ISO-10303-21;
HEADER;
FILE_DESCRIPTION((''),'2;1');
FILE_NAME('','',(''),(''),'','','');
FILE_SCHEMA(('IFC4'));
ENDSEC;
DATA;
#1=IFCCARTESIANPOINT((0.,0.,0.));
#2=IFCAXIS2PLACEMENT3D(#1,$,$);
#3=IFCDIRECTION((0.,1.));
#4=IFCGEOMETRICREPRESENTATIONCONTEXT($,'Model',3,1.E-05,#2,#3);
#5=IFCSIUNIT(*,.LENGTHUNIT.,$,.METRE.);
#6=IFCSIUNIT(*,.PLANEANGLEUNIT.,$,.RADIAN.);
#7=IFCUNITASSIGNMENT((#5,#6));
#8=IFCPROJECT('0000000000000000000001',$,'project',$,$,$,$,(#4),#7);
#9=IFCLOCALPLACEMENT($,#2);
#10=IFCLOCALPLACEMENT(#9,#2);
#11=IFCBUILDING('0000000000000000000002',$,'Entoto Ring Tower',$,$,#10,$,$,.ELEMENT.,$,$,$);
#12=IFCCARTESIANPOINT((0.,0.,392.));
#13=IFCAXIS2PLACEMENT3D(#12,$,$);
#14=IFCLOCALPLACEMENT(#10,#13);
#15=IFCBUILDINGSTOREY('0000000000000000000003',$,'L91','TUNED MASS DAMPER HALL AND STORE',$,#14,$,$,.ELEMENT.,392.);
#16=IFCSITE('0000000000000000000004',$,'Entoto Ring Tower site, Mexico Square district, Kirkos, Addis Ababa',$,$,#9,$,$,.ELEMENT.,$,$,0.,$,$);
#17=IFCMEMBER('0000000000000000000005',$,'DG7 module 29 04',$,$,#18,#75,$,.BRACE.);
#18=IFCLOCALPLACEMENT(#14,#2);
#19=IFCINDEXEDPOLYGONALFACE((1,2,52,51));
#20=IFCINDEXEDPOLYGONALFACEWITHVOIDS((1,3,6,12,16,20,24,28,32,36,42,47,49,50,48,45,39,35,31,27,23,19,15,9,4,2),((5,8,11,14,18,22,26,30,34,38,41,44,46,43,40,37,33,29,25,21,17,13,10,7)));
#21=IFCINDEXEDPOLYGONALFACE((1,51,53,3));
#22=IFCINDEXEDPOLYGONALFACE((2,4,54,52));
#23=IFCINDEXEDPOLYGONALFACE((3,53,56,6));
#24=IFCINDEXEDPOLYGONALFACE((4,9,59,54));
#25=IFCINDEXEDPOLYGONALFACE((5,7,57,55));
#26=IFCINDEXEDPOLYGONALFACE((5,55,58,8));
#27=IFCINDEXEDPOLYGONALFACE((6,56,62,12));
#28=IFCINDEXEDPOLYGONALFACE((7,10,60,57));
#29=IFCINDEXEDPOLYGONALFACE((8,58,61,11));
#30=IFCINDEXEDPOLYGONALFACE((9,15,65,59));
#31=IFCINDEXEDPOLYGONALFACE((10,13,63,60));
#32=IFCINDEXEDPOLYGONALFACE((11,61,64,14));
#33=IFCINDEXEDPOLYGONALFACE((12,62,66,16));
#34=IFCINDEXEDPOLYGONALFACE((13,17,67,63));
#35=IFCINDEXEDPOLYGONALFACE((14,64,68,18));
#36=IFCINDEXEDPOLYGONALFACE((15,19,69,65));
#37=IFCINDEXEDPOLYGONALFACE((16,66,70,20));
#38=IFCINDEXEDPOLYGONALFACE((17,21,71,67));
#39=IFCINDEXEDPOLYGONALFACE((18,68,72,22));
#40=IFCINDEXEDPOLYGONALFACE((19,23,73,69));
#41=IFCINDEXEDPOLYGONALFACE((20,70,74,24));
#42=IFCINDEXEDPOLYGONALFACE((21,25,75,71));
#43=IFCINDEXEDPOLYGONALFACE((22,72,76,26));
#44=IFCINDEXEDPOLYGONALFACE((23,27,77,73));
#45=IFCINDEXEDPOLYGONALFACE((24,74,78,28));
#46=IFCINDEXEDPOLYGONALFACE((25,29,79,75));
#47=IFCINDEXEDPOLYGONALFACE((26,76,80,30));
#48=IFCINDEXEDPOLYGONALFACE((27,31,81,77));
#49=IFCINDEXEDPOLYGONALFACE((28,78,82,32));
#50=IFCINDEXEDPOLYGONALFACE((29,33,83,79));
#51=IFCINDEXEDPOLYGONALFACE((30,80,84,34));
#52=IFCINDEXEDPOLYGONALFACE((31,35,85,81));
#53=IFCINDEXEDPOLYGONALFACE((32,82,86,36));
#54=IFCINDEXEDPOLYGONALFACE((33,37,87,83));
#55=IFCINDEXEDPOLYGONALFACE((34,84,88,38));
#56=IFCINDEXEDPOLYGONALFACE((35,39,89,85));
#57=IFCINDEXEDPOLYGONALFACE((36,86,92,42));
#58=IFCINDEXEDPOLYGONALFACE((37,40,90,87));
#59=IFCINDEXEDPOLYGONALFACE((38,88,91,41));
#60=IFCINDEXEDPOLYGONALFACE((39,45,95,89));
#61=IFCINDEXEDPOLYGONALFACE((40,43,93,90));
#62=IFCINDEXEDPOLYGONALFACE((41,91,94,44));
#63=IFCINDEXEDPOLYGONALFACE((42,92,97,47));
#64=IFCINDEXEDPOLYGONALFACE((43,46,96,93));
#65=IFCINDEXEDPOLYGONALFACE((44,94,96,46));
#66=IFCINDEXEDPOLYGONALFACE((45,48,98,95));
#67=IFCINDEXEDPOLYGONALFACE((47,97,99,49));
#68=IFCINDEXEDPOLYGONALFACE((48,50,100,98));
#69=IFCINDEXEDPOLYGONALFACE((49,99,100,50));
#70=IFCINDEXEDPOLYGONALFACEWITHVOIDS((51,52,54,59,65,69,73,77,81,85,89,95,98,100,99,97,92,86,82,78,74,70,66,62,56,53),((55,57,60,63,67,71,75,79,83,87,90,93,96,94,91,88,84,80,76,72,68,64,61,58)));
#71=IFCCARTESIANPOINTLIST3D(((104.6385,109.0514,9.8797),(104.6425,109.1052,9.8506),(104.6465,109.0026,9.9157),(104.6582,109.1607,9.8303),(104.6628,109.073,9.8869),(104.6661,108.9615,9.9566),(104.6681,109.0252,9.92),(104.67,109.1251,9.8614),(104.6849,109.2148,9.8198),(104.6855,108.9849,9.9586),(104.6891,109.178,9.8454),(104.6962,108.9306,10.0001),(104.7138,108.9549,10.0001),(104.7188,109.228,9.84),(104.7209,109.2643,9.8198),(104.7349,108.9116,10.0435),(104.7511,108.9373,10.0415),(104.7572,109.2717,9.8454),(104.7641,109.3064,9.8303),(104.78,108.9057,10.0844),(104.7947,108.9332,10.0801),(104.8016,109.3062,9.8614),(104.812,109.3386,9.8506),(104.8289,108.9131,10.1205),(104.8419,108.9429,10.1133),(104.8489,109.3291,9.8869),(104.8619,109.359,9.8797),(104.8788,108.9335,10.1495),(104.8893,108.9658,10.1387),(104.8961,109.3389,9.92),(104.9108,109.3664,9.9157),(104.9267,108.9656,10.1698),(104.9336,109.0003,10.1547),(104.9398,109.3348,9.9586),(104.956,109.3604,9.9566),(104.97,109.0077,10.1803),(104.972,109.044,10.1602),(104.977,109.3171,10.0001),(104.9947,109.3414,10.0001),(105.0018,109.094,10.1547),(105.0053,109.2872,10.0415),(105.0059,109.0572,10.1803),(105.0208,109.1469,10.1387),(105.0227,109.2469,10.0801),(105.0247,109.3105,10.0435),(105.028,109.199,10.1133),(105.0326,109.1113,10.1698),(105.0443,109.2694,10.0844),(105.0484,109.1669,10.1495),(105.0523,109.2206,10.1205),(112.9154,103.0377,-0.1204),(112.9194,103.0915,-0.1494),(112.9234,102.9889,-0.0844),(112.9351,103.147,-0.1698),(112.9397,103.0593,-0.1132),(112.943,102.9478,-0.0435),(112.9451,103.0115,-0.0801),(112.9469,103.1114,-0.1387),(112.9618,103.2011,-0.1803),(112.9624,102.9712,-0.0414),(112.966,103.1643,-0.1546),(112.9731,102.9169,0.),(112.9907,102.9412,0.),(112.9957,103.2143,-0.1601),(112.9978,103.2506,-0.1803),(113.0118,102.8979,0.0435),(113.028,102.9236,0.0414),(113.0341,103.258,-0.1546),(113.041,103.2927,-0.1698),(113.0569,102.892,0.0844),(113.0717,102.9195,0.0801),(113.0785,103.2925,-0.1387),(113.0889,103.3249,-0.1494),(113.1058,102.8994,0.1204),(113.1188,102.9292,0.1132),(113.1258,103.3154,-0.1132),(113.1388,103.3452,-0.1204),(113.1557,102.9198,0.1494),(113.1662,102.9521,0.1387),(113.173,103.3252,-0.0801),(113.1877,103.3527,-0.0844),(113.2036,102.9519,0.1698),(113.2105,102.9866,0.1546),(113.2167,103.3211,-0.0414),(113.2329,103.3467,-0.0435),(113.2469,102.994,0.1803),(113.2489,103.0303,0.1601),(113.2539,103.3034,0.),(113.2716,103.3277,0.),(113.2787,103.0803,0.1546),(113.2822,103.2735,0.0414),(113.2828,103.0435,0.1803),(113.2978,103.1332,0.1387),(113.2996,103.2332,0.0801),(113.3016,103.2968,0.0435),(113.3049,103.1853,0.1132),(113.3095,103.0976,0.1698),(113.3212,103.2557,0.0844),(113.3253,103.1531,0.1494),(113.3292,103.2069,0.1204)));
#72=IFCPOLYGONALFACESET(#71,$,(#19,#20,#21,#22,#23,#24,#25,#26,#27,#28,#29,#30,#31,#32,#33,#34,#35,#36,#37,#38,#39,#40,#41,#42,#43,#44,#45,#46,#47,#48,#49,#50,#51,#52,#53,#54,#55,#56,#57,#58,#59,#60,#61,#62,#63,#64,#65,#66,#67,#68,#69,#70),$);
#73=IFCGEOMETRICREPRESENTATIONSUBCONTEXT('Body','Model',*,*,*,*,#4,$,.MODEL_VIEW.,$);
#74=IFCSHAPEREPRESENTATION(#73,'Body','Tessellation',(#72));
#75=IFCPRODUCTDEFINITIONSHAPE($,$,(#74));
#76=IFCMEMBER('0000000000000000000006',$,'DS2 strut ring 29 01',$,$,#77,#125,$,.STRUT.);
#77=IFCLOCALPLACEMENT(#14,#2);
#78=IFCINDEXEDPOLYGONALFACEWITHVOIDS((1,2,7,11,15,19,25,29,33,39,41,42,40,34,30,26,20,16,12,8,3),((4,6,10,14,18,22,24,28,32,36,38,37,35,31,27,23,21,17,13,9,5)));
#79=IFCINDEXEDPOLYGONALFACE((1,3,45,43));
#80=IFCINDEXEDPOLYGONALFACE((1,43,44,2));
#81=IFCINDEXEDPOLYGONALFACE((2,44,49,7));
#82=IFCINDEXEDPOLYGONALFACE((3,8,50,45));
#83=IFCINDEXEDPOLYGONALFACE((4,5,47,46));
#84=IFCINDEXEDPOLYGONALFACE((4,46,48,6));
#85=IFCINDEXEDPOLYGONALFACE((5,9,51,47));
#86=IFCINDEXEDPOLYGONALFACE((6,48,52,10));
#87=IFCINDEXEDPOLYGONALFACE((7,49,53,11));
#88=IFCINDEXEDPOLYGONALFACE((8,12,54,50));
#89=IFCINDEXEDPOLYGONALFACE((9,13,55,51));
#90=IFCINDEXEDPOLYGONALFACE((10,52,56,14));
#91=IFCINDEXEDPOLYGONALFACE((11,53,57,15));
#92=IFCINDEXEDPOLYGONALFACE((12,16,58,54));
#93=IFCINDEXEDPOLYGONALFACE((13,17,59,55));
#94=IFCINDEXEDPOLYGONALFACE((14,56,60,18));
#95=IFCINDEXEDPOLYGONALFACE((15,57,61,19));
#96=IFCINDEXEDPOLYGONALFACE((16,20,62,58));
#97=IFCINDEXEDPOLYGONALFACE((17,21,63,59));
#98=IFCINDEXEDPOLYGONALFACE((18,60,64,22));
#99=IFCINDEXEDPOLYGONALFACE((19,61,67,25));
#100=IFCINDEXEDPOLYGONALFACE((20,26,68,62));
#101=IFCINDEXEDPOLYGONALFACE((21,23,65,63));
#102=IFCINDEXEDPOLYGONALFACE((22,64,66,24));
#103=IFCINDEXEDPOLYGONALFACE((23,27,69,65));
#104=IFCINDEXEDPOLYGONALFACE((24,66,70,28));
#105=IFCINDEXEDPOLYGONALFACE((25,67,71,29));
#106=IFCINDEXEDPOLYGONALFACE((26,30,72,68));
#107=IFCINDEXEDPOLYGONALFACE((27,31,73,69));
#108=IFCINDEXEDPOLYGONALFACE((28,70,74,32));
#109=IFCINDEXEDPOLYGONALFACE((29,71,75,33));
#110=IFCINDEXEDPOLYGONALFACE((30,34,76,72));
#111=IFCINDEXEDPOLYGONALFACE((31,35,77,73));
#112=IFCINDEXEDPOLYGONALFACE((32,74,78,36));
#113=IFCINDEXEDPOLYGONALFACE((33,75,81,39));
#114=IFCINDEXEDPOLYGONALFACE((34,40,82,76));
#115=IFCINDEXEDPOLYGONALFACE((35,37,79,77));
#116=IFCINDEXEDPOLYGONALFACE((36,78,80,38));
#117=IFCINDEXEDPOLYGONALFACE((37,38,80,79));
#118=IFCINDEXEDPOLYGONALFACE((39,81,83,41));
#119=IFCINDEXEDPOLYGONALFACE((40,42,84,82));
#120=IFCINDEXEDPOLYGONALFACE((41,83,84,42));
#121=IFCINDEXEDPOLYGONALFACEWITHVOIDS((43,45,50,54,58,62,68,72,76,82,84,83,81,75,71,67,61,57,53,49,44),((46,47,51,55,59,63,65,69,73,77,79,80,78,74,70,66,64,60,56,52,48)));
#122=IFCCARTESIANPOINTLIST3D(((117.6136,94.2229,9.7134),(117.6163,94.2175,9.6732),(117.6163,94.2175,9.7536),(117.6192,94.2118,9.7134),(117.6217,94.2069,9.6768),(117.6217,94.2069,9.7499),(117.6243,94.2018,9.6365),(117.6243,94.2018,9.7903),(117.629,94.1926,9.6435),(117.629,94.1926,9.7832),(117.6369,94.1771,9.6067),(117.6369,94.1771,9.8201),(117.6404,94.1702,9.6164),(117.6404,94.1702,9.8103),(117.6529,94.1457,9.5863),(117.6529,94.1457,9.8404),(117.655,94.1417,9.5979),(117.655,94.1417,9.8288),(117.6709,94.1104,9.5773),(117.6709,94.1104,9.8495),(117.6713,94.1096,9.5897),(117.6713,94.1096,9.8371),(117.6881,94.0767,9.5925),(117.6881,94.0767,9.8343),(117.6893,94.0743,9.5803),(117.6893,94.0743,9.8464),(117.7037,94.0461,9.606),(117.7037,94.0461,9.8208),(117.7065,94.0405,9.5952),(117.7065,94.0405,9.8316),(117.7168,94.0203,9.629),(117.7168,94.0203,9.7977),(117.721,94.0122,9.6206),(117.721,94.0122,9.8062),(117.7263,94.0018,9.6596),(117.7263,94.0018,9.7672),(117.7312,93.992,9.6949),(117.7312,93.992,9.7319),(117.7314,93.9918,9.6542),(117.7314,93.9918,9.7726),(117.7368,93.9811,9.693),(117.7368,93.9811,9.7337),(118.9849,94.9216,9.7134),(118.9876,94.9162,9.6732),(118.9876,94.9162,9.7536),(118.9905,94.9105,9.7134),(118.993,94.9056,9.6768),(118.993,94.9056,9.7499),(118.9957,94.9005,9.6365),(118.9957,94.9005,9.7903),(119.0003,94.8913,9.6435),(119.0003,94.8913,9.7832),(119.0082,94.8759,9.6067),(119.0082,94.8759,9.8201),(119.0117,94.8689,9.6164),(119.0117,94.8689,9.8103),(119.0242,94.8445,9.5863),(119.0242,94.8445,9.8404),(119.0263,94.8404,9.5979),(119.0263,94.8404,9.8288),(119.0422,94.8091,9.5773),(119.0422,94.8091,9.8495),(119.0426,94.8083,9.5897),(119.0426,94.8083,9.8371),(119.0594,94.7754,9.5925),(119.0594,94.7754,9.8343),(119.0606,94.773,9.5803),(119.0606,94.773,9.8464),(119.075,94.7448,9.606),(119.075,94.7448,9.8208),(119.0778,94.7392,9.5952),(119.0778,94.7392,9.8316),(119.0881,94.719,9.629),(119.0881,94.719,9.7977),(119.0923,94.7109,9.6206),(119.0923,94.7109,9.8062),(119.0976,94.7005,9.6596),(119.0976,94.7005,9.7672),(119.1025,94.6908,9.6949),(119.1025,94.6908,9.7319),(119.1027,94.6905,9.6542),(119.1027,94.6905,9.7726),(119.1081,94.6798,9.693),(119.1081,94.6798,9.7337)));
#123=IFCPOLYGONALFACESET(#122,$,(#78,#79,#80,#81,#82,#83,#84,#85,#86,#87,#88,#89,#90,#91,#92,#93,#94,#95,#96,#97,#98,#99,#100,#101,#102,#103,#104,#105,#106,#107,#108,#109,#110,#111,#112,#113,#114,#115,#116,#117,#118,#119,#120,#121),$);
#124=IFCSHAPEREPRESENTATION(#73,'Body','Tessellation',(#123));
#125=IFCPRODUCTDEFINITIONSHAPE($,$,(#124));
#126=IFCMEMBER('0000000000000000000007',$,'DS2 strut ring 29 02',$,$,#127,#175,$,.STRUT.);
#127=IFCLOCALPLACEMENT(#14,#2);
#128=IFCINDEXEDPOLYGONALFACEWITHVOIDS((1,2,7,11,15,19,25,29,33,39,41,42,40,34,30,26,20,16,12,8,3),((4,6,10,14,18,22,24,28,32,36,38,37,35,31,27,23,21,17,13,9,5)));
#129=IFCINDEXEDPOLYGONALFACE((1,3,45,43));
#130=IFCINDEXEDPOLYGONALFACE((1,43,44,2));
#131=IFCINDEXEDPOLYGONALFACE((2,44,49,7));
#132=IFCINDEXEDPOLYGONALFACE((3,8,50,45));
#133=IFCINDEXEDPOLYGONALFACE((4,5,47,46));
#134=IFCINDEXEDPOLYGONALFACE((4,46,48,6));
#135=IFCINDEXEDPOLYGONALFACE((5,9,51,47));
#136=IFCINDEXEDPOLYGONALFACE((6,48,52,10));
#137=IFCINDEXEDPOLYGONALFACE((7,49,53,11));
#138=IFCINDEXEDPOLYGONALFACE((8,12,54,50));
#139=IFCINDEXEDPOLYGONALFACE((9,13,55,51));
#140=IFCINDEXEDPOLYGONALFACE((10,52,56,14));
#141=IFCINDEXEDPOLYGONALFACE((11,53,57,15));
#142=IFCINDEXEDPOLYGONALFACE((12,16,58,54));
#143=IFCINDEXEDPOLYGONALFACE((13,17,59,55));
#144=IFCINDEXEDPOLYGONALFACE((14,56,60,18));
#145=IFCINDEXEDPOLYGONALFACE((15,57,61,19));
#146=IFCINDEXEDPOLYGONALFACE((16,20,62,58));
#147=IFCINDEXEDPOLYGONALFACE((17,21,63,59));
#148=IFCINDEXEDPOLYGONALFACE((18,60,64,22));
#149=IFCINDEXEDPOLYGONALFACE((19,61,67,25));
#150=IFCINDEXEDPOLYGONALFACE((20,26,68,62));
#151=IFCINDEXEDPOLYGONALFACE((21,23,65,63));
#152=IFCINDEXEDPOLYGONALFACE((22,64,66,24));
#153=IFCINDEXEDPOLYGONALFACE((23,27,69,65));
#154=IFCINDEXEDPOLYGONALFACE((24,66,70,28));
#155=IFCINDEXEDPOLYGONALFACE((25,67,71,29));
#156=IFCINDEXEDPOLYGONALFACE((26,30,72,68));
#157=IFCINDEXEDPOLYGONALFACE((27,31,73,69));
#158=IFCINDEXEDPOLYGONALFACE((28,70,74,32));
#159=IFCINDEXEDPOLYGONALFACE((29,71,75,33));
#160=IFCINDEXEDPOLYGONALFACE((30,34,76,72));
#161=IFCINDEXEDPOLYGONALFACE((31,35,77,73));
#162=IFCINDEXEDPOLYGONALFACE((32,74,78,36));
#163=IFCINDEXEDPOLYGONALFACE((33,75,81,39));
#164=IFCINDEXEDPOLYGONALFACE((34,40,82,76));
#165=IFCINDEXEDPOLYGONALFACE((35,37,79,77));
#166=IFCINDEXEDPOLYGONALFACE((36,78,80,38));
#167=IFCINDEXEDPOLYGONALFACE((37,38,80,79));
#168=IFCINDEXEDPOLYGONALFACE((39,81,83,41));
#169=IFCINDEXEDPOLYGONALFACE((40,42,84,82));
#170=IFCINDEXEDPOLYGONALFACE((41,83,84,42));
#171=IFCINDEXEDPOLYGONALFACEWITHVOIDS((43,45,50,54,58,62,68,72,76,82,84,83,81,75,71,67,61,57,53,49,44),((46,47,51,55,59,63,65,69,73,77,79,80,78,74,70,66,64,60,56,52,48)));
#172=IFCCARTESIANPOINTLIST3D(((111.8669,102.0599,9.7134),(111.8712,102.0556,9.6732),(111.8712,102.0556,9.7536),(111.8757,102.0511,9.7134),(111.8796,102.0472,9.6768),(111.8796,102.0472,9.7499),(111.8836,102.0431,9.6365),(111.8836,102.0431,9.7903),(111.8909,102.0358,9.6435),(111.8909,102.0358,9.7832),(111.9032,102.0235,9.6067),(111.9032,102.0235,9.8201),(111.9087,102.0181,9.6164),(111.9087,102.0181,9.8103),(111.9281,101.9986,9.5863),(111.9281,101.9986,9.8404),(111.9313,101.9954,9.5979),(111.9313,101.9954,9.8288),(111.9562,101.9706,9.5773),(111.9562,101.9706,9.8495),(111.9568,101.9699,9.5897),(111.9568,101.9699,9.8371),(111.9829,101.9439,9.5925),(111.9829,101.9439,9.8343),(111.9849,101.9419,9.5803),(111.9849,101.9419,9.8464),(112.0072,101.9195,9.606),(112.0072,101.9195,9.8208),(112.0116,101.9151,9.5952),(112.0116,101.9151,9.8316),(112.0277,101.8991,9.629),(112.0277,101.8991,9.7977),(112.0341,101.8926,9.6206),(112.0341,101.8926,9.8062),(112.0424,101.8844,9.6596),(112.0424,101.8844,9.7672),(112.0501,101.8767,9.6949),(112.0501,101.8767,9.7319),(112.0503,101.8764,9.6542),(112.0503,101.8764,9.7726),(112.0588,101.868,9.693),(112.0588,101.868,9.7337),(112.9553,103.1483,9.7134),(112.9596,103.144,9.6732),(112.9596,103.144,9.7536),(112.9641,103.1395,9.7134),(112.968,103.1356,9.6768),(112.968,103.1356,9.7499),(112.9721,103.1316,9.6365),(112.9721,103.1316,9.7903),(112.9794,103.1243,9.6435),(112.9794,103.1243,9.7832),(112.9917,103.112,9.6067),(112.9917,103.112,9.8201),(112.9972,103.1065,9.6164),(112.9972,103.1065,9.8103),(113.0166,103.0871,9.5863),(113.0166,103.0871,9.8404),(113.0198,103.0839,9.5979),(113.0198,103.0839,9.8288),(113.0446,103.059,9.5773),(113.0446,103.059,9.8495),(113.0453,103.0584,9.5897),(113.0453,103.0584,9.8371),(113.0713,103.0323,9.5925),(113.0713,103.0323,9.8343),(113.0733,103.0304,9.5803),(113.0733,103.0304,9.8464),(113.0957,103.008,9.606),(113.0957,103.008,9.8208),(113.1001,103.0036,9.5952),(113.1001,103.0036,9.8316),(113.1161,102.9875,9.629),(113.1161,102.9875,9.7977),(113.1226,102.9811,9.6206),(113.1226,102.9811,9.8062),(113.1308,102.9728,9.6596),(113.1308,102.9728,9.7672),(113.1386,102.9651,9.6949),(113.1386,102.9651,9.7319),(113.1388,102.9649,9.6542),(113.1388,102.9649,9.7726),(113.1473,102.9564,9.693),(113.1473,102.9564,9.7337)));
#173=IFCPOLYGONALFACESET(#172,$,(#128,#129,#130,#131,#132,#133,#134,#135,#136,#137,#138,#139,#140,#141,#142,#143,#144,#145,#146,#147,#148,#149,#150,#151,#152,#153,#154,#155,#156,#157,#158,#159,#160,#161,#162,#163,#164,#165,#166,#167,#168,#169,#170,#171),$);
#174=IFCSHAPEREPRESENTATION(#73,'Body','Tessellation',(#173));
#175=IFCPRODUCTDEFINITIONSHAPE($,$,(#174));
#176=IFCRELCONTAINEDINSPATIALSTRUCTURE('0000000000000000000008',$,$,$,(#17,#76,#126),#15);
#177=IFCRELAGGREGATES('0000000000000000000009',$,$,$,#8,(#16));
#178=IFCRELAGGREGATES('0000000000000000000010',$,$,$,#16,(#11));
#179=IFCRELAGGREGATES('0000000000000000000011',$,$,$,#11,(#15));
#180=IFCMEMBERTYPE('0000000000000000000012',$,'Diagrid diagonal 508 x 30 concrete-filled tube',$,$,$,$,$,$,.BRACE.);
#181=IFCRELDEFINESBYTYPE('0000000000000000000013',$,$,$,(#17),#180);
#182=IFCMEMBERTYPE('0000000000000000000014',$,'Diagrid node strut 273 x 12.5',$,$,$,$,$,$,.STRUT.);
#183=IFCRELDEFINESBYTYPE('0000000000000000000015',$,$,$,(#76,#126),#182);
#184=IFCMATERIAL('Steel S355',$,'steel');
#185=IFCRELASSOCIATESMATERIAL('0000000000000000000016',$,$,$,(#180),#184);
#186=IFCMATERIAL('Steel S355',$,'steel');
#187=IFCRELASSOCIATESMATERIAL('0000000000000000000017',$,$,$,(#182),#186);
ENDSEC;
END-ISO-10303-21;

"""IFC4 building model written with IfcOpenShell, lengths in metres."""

from ifc_helpers import new_model, si_unit, direction, frame, origin, origin_2d, place, context, subcontext, project, spatial, circle, hollow_circle, extrude, material, material_profile, profile_set, type_object, element, save


model = new_model("IFC4")

# Units and contexts
model_context = context("Model", 3, precision=1e-05, world=origin(), true_north=direction((0.0, 1.0)))
body_context = subcontext(model_context, "Body", "Model", "MODEL_VIEW")
ifc_project = project(units=[si_unit("LENGTHUNIT", "METRE"), si_unit("PLANEANGLEUNIT", "RADIAN")], contexts=[model_context])

# Site, building, storey
site_placement = place(None, origin())
site = spatial("IfcSite", under=ifc_project, at=site_placement, Name="Entoto Ring Tower site, Mexico Square district, Kirkos, Addis Ababa", CompositionType="ELEMENT", RefElevation=0.0)
building_placement = place(site_placement, origin())
building = spatial("IfcBuilding", under=site, at=building_placement, Name="Entoto Ring Tower", CompositionType="ELEMENT")
storey_placement = place(building_placement, frame((0.0, 0.0, 392.0)))
storey = spatial("IfcBuildingStorey", under=building, at=storey_placement, Name="L91", Description="TUNED MASS DAMPER HALL AND STORE", CompositionType="ELEMENT", Elevation=392.0)

# Members
ifc_material_1 = material(Name="Steel S355", Category="steel")
ifc_material_profile_1 = material_profile(ifc_material_1, hollow_circle(Radius=0.2539, WallThickness=0.03, at=origin_2d()), Name="CHS 508 x 30")
ifc_material_2 = material(Name="Concrete C60/75", Category="concrete")
ifc_material_profile_2 = material_profile(ifc_material_2, circle(Radius=0.2241, at=origin_2d()), Name="Concrete C60/75 infill")
ifc_profile_set_1 = profile_set([ifc_material_profile_1, ifc_material_profile_2], Name="Steel S355")
member_type_1 = type_object("IfcMemberType", Name="Diagrid diagonal 508 x 30 concrete-filled tube", PredefinedType="BRACE", material=ifc_profile_set_1)
for number, where, z_axis, x_axis, name in (
    (1, (113.1223, 103.1223, 0.0), (-0.578546, 0.420351, 0.698992), (-0.587797, -0.809008, 0.0), "DG7 module 29 04"),
):
    element("IfcMember", number, at=place(storey_placement, frame(where, z_axis=z_axis, x_axis=x_axis)), inside=storey, type_object=member_type_1, Name=name, PredefinedType="BRACE", context=body_context, shape_type="SweptSolid", body=[
        extrude(hollow_circle(Radius=0.2539, WallThickness=0.03, at=origin_2d()), origin(), (0.0, 0.0, 1.0), 14.3064),
    ])
ifc_material_3 = material(Name="Steel S355", Category="steel")
ifc_material_profile_3 = material_profile(ifc_material_3, hollow_circle(Radius=0.1365, WallThickness=0.0125, at=origin_2d()), Name="CHS 273 x 12.5")
ifc_material_4 = material(Name="Concrete C60/75", Category="concrete")
ifc_material_profile_4 = material_profile(ifc_material_4, circle(Radius=0.124, at=origin_2d()), Name="Concrete C60/75 infill")
ifc_profile_set_2 = profile_set([ifc_material_profile_3, ifc_material_profile_4], Name="Steel S355")
member_type_2 = type_object("IfcMemberType", Name="Diagrid node strut 273 x 12.5", PredefinedType="STRUT", material=ifc_profile_set_2)
member_1_placement = place(storey_placement, frame((117.6755, 94.1013, 9.7134), z_axis=(0.891007, 0.45399, 0.0), x_axis=(-0.45399, 0.891007, 0.0)))
element("IfcMember", 2, at=member_1_placement, inside=storey, type_object=member_type_2, Name="DS2 strut ring 29 01", PredefinedType="STRUT", context=body_context, shape_type="SweptSolid", body=[
    extrude(hollow_circle(Radius=0.1365, WallThickness=0.0125, at=origin_2d()), origin(), (0.0, 0.0, 1.0), 1.5391),
])
member_2_placement = place(storey_placement, frame((111.9634, 101.9634, 9.7134), z_axis=(0.707107, 0.707107, 0.0), x_axis=(-0.707107, 0.707107, 0.0)))
element("IfcMember", 3, at=member_2_placement, inside=storey, type_object=member_type_2, Name="DS2 strut ring 29 02", PredefinedType="STRUT", context=body_context, shape_type="SweptSolid", body=[
    extrude(hollow_circle(Radius=0.1365, WallThickness=0.0125, at=origin_2d()), origin(), (0.0, 0.0, 1.0), 1.5393),
])

save(model, "model.ifc")
